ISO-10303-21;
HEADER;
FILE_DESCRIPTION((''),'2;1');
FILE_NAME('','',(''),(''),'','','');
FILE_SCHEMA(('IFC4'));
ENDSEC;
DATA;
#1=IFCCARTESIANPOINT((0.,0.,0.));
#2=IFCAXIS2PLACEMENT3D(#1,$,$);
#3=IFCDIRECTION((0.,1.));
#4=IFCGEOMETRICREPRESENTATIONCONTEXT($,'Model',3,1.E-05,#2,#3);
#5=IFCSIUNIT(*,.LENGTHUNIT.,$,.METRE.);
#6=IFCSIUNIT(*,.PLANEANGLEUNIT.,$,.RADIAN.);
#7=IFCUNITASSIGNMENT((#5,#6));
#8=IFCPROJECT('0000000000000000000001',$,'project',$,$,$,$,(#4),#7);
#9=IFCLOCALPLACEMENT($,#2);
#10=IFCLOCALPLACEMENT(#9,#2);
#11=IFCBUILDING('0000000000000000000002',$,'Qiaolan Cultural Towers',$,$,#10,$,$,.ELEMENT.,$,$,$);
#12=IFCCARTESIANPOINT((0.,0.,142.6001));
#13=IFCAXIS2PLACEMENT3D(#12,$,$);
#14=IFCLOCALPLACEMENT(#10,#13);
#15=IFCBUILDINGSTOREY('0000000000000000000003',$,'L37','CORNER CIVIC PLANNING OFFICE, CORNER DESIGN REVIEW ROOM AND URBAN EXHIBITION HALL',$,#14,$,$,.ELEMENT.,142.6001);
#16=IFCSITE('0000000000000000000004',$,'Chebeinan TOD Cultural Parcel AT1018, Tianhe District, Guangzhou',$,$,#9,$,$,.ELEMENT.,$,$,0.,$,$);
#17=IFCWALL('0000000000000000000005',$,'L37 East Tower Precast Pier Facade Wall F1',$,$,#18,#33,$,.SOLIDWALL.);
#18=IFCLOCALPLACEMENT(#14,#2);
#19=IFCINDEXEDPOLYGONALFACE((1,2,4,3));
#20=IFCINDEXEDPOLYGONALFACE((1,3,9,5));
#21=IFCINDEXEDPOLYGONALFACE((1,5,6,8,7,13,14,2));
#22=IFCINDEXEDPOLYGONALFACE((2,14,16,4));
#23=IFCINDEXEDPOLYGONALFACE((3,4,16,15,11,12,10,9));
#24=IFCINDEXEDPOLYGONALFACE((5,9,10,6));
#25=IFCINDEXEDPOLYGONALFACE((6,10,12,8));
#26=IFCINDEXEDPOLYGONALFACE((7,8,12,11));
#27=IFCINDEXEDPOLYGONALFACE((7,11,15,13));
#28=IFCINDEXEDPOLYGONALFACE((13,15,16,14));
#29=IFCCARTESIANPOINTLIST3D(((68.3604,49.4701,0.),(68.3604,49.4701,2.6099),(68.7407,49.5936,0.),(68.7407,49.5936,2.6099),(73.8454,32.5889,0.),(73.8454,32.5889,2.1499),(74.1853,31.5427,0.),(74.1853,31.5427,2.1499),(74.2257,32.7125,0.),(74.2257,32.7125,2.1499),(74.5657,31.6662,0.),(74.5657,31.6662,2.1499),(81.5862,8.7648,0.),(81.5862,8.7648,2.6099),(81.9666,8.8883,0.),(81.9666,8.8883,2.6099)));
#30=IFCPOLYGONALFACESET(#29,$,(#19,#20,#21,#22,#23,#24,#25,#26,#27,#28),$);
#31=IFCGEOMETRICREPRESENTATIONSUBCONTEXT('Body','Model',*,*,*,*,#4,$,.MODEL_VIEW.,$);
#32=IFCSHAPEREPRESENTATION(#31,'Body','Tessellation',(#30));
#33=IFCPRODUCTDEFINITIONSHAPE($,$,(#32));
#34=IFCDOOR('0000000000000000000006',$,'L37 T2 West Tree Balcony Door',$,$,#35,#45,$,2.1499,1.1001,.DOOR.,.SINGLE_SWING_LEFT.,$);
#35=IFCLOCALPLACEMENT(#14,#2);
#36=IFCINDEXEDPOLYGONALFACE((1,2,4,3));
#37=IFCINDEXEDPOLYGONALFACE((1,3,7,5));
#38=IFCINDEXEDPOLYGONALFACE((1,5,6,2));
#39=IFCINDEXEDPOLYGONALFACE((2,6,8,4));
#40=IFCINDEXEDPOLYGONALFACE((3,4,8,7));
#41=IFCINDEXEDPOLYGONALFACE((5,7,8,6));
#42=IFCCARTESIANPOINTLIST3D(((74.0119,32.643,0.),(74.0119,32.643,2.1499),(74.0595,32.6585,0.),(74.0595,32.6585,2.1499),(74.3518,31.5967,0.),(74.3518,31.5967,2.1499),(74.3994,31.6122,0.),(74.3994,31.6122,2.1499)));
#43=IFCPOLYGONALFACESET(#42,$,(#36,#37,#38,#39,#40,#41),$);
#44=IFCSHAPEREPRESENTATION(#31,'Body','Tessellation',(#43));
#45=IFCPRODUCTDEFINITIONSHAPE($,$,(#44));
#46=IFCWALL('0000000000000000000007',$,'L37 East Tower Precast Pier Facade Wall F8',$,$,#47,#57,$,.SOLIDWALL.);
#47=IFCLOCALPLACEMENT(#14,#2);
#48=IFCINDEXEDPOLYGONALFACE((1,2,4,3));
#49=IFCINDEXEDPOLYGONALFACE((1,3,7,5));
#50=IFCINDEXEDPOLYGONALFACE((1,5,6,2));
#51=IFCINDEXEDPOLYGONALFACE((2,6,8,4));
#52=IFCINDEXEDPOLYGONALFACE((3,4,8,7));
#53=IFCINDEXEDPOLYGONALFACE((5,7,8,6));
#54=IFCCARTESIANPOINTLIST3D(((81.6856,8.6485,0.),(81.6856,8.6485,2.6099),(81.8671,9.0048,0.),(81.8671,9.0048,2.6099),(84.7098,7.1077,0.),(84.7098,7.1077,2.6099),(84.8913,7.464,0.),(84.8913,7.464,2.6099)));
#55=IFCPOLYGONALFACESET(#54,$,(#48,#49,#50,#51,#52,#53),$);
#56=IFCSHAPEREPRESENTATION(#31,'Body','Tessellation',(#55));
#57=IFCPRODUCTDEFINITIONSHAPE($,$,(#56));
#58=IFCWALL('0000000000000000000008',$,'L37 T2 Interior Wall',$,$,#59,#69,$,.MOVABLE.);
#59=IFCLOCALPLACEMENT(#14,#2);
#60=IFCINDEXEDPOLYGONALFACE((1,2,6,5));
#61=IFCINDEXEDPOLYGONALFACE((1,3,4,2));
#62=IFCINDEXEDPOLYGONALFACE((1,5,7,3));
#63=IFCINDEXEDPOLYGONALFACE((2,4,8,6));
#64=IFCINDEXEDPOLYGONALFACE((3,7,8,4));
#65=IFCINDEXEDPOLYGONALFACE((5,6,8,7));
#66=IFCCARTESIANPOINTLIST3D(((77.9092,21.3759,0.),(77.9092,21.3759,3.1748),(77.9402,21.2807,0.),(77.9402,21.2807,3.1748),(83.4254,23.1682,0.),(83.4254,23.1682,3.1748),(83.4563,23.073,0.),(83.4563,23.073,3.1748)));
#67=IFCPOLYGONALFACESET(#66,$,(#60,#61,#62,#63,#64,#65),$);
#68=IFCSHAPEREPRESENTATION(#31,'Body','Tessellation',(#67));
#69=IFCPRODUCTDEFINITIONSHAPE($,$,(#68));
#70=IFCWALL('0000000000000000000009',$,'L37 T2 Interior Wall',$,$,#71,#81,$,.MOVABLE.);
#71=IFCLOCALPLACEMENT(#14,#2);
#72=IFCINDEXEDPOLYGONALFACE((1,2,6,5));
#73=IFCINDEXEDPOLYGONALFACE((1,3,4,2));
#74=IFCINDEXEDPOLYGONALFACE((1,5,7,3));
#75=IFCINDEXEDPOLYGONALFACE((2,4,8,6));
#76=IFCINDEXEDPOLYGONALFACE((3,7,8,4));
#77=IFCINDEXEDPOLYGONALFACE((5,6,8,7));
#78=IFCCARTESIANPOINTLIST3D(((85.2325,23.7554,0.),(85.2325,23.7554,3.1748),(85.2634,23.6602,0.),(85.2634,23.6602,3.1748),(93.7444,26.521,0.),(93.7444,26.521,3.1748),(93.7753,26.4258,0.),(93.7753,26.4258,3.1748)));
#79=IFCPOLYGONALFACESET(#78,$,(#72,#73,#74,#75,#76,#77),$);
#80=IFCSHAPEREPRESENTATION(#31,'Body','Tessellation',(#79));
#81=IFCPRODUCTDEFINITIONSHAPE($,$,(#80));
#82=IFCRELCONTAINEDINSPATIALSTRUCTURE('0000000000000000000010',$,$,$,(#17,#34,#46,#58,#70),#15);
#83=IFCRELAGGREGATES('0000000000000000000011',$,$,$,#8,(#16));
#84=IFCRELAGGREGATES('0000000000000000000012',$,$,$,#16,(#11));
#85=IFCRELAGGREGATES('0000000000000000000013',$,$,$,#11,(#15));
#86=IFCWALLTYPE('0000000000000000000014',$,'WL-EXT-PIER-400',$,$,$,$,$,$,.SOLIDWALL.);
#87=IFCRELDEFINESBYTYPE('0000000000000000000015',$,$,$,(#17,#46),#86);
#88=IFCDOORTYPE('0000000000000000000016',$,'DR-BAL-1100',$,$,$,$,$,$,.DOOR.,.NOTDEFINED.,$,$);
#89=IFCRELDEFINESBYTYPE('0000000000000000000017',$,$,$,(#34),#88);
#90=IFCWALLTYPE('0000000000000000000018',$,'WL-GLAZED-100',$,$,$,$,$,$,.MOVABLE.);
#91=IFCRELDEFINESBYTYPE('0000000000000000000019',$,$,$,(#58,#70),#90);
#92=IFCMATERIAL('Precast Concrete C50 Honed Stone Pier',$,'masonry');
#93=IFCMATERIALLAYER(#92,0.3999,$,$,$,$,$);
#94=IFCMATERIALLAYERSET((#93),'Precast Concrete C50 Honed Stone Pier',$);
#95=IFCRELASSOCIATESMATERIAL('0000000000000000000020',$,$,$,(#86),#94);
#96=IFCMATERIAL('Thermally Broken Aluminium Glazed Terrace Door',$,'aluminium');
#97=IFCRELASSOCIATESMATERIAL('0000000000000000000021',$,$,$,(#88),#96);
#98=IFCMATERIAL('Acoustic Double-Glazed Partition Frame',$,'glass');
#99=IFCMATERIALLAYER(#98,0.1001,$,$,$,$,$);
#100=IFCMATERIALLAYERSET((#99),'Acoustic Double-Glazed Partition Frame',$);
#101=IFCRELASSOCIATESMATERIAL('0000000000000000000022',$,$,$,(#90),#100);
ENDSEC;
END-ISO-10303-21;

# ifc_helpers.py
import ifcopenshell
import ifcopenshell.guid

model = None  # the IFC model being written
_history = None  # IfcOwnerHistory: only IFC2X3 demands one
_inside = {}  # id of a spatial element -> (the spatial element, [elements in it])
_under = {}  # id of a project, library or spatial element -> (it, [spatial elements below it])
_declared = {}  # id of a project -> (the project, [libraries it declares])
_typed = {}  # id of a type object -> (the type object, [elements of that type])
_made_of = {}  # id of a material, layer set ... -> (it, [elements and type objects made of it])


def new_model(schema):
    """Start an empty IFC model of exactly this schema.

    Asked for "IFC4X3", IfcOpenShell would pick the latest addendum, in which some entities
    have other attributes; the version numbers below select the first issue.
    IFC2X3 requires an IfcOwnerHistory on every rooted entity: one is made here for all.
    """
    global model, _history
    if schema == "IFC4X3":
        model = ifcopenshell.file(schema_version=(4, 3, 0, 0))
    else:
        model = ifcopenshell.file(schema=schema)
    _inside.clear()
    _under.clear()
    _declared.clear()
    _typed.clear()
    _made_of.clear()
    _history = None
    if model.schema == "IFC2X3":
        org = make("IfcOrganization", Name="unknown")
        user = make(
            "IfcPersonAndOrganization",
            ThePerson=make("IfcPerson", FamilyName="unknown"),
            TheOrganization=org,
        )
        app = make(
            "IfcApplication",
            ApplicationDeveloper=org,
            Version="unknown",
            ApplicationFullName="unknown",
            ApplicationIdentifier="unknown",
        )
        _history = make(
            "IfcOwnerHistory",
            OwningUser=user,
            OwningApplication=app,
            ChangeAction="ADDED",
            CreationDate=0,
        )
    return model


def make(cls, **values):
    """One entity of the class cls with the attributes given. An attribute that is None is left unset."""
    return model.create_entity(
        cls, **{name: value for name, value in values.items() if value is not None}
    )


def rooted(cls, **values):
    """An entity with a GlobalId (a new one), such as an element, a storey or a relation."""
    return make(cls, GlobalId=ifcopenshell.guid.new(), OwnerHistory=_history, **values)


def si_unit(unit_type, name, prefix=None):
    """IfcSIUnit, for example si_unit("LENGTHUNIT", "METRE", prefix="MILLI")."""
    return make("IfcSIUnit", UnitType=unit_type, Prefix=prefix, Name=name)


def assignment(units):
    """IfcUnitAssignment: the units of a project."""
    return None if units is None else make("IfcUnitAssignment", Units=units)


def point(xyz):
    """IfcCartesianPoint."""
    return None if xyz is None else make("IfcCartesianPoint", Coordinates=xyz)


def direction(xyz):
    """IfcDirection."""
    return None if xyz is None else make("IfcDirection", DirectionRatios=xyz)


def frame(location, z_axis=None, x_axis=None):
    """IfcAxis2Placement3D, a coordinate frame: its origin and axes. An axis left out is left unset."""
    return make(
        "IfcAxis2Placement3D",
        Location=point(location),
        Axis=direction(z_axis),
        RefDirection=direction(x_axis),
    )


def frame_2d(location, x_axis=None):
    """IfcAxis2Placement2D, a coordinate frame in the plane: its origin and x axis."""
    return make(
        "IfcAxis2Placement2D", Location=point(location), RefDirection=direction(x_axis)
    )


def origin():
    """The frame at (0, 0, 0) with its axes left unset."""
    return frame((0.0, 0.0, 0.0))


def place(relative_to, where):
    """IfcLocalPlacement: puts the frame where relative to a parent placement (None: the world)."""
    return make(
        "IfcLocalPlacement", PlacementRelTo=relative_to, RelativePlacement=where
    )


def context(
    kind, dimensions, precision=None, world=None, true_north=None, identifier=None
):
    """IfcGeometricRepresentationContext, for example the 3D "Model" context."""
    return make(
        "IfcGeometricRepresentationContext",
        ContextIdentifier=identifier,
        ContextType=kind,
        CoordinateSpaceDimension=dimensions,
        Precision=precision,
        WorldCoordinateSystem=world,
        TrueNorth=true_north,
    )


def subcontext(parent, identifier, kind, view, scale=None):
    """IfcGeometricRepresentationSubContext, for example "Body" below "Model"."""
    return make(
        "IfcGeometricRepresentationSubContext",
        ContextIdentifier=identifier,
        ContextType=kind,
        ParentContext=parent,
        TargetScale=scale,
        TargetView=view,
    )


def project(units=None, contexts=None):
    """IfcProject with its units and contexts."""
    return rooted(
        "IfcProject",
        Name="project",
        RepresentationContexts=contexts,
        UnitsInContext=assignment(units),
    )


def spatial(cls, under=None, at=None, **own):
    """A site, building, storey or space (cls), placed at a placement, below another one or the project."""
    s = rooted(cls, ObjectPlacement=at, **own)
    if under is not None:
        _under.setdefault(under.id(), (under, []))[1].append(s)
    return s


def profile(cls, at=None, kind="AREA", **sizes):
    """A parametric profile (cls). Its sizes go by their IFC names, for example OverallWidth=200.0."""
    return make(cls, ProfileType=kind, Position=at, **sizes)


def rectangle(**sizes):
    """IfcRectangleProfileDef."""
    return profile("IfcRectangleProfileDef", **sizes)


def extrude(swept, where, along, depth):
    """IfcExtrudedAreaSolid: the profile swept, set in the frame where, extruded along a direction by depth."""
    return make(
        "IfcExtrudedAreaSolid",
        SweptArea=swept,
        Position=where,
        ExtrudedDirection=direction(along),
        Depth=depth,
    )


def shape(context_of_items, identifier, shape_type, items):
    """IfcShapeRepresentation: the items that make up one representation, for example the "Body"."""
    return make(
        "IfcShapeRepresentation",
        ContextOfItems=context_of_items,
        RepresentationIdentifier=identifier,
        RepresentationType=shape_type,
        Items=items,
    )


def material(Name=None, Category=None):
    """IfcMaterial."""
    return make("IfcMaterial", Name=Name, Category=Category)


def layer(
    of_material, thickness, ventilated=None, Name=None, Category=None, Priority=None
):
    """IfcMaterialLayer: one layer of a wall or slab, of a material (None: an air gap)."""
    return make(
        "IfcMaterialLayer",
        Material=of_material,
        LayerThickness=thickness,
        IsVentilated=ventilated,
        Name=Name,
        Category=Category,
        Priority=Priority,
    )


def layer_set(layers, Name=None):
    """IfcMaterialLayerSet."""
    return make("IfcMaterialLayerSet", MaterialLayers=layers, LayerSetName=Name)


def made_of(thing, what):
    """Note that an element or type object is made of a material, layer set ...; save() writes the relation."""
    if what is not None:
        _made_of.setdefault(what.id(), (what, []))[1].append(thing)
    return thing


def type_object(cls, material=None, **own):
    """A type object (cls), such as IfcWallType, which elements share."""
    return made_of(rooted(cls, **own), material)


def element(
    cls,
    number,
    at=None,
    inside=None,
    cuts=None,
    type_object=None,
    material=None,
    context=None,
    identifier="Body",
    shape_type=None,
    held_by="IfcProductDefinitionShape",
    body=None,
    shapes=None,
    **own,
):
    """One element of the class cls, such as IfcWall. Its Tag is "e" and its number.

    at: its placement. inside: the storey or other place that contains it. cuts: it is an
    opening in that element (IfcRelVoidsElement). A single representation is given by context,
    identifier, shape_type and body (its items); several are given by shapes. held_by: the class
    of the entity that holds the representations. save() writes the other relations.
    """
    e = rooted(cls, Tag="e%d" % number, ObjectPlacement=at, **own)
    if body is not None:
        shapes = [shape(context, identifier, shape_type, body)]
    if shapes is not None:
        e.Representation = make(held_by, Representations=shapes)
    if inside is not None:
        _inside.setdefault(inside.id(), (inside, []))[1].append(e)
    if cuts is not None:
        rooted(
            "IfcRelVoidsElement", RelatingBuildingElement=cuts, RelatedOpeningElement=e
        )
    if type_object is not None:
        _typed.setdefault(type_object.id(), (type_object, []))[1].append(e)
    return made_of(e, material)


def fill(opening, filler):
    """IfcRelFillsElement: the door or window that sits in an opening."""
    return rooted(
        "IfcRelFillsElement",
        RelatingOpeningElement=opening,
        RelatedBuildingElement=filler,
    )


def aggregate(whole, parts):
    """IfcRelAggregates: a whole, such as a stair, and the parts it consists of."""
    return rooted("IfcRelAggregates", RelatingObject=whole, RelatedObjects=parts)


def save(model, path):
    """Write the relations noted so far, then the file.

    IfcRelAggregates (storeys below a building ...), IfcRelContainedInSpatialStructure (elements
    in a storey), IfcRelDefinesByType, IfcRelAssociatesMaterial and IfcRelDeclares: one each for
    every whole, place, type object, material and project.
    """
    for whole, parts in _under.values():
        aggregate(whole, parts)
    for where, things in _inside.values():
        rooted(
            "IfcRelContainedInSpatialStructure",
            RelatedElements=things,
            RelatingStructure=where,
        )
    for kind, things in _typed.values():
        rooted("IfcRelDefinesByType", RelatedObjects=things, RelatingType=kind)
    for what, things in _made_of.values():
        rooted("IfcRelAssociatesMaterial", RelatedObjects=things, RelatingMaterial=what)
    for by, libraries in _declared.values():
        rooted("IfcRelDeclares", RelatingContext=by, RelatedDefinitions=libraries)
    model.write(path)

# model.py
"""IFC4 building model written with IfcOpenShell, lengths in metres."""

from ifc_helpers import new_model, si_unit, direction, frame, frame_2d, origin, place, context, subcontext, project, spatial, rectangle, extrude, material, layer, layer_set, type_object, element, fill, save


model = new_model("IFC4")

# Units and contexts
model_context = context("Model", 3, precision=1e-05, world=origin(), true_north=direction((0.0, 1.0)))
body_context = subcontext(model_context, "Body", "Model", "MODEL_VIEW")
ifc_project = project(units=[si_unit("LENGTHUNIT", "METRE"), si_unit("PLANEANGLEUNIT", "RADIAN")], contexts=[model_context])

# Site, building, storey
site_placement = place(None, origin())
site = spatial("IfcSite", under=ifc_project, at=site_placement, Name="Chebeinan TOD Cultural Parcel AT1018, Tianhe District, Guangzhou", CompositionType="ELEMENT", RefElevation=0.0)
building_placement = place(site_placement, origin())
building = spatial("IfcBuilding", under=site, at=building_placement, Name="Qiaolan Cultural Towers", CompositionType="ELEMENT")
storey_placement = place(building_placement, frame((0.0, 0.0, 142.6001)))
storey = spatial("IfcBuildingStorey", under=building, at=storey_placement, Name="L37", Description="CORNER CIVIC PLANNING OFFICE, CORNER DESIGN REVIEW ROOM AND URBAN EXHIBITION HALL", CompositionType="ELEMENT", Elevation=142.6001)

# Wall, opening, door
ifc_material_1 = material(Name="Precast Concrete C50 Honed Stone Pier", Category="masonry")
ifc_layer_1 = layer(ifc_material_1, 0.3999)
ifc_layer_set_1 = layer_set([ifc_layer_1], Name="Precast Concrete C50 Honed Stone Pier")
wall_type_1 = type_object("IfcWallType", Name="WL-EXT-PIER-400", PredefinedType="SOLIDWALL", material=ifc_layer_set_1)
wall_1_placement = place(storey_placement, frame((81.7764, 8.8267, 0.0), z_axis=(0.0, 0.0, 1.0), x_axis=(-0.309014, 0.951057, 0.0)))
wall_1 = element("IfcWall", 1, at=wall_1_placement, inside=storey, type_object=wall_type_1, Name="L37 East Tower Precast Pier Facade Wall F1", PredefinedType="SOLIDWALL", context=body_context, shape_type="SweptSolid", body=[
    extrude(rectangle(XDim=42.8, YDim=0.3999, at=frame_2d((21.3999, 0.0))), origin(), (0.0, 0.0, 1.0), 2.6099),
])
opening_1_placement = place(wall_1_placement, frame((23.95, 0.0, 0.0)))
opening_1 = element("IfcOpeningElement", 2, at=opening_1_placement, cuts=wall_1, PredefinedType="OPENING", context=body_context, shape_type="SweptSolid", body=[
    extrude(rectangle(XDim=1.1001, YDim=2.1499, at=frame_2d((0.55, 1.075))), frame((0.0, 0.21, 0.0), z_axis=(0.0, -1.0, 0.0), x_axis=(1.0, 0.0, 0.0)), (0.0, 0.0, 1.0), 0.4199),
])
ifc_material_2 = material(Name="Thermally Broken Aluminium Glazed Terrace Door", Category="aluminium")
door_type_1 = type_object("IfcDoorType", Name="DR-BAL-1100", OperationType="NOTDEFINED", PredefinedType="DOOR", material=ifc_material_2)
door_1_placement = place(opening_1_placement, origin())
door_1 = element("IfcDoor", 3, at=door_1_placement, inside=storey, type_object=door_type_1, Name="L37 T2 West Tree Balcony Door", OperationType="SINGLE_SWING_LEFT", OverallHeight=2.1499, OverallWidth=1.1001, PredefinedType="DOOR", context=body_context, shape_type="SweptSolid", body=[
    extrude(rectangle(XDim=1.1001, YDim=2.1499, at=frame_2d((0.55, 1.075))), frame((0.0, 0.0249, 0.0), z_axis=(0.0, -1.0, 0.0), x_axis=(1.0, 0.0, 0.0)), (0.0, 0.0, 1.0), 0.05),
])
fill(opening_1, door_1)

# Walls
wall_2_placement = place(storey_placement, frame((84.8005, 7.2859, 0.0), z_axis=(0.0, 0.0, 1.0), x_axis=(-0.891021, 0.453962, 0.0)))
element("IfcWall", 4, at=wall_2_placement, inside=storey, type_object=wall_type_1, Name="L37 East Tower Precast Pier Facade Wall F8", PredefinedType="SOLIDWALL", context=body_context, shape_type="SweptSolid", body=[
    extrude(rectangle(XDim=3.394, YDim=0.3999, at=frame_2d((1.697, 0.0))), origin(), (0.0, 0.0, 1.0), 2.6099),
])
ifc_material_3 = material(Name="Acoustic Double-Glazed Partition Frame", Category="glass")
ifc_layer_2 = layer(ifc_material_3, 0.1001)
ifc_layer_set_2 = layer_set([ifc_layer_2], Name="Acoustic Double-Glazed Partition Frame")
wall_type_2 = type_object("IfcWallType", Name="WL-GLAZED-100", PredefinedType="MOVABLE", material=ifc_layer_set_2)
wall_3_placement = place(storey_placement, frame((77.9248, 21.3284, 0.0), z_axis=(0.0, 0.0, 1.0), x_axis=(0.951059, 0.309008, 0.0)))
element("IfcWall", 5, at=wall_3_placement, inside=storey, type_object=wall_type_2, Name="L37 T2 Interior Wall", PredefinedType="MOVABLE", context=body_context, shape_type="SweptSolid", body=[
    extrude(rectangle(XDim=5.8, YDim=0.1001, at=frame_2d((2.8999, 0.0))), origin(), (0.0, 0.0, 1.0), 3.1748),
])
wall_4_placement = place(storey_placement, frame((85.2478, 23.7078, 0.0), z_axis=(0.0, 0.0, 1.0), x_axis=(0.951059, 0.309009, 0.0)))
element("IfcWall", 6, at=wall_4_placement, inside=storey, type_object=wall_type_2, Name="L37 T2 Interior Wall", PredefinedType="MOVABLE", context=body_context, shape_type="SweptSolid", body=[
    extrude(rectangle(XDim=8.95, YDim=0.1001, at=frame_2d((4.4751, 0.0))), origin(), (0.0, 0.0, 1.0), 3.1748),
])

save(model, "model.ifc")
